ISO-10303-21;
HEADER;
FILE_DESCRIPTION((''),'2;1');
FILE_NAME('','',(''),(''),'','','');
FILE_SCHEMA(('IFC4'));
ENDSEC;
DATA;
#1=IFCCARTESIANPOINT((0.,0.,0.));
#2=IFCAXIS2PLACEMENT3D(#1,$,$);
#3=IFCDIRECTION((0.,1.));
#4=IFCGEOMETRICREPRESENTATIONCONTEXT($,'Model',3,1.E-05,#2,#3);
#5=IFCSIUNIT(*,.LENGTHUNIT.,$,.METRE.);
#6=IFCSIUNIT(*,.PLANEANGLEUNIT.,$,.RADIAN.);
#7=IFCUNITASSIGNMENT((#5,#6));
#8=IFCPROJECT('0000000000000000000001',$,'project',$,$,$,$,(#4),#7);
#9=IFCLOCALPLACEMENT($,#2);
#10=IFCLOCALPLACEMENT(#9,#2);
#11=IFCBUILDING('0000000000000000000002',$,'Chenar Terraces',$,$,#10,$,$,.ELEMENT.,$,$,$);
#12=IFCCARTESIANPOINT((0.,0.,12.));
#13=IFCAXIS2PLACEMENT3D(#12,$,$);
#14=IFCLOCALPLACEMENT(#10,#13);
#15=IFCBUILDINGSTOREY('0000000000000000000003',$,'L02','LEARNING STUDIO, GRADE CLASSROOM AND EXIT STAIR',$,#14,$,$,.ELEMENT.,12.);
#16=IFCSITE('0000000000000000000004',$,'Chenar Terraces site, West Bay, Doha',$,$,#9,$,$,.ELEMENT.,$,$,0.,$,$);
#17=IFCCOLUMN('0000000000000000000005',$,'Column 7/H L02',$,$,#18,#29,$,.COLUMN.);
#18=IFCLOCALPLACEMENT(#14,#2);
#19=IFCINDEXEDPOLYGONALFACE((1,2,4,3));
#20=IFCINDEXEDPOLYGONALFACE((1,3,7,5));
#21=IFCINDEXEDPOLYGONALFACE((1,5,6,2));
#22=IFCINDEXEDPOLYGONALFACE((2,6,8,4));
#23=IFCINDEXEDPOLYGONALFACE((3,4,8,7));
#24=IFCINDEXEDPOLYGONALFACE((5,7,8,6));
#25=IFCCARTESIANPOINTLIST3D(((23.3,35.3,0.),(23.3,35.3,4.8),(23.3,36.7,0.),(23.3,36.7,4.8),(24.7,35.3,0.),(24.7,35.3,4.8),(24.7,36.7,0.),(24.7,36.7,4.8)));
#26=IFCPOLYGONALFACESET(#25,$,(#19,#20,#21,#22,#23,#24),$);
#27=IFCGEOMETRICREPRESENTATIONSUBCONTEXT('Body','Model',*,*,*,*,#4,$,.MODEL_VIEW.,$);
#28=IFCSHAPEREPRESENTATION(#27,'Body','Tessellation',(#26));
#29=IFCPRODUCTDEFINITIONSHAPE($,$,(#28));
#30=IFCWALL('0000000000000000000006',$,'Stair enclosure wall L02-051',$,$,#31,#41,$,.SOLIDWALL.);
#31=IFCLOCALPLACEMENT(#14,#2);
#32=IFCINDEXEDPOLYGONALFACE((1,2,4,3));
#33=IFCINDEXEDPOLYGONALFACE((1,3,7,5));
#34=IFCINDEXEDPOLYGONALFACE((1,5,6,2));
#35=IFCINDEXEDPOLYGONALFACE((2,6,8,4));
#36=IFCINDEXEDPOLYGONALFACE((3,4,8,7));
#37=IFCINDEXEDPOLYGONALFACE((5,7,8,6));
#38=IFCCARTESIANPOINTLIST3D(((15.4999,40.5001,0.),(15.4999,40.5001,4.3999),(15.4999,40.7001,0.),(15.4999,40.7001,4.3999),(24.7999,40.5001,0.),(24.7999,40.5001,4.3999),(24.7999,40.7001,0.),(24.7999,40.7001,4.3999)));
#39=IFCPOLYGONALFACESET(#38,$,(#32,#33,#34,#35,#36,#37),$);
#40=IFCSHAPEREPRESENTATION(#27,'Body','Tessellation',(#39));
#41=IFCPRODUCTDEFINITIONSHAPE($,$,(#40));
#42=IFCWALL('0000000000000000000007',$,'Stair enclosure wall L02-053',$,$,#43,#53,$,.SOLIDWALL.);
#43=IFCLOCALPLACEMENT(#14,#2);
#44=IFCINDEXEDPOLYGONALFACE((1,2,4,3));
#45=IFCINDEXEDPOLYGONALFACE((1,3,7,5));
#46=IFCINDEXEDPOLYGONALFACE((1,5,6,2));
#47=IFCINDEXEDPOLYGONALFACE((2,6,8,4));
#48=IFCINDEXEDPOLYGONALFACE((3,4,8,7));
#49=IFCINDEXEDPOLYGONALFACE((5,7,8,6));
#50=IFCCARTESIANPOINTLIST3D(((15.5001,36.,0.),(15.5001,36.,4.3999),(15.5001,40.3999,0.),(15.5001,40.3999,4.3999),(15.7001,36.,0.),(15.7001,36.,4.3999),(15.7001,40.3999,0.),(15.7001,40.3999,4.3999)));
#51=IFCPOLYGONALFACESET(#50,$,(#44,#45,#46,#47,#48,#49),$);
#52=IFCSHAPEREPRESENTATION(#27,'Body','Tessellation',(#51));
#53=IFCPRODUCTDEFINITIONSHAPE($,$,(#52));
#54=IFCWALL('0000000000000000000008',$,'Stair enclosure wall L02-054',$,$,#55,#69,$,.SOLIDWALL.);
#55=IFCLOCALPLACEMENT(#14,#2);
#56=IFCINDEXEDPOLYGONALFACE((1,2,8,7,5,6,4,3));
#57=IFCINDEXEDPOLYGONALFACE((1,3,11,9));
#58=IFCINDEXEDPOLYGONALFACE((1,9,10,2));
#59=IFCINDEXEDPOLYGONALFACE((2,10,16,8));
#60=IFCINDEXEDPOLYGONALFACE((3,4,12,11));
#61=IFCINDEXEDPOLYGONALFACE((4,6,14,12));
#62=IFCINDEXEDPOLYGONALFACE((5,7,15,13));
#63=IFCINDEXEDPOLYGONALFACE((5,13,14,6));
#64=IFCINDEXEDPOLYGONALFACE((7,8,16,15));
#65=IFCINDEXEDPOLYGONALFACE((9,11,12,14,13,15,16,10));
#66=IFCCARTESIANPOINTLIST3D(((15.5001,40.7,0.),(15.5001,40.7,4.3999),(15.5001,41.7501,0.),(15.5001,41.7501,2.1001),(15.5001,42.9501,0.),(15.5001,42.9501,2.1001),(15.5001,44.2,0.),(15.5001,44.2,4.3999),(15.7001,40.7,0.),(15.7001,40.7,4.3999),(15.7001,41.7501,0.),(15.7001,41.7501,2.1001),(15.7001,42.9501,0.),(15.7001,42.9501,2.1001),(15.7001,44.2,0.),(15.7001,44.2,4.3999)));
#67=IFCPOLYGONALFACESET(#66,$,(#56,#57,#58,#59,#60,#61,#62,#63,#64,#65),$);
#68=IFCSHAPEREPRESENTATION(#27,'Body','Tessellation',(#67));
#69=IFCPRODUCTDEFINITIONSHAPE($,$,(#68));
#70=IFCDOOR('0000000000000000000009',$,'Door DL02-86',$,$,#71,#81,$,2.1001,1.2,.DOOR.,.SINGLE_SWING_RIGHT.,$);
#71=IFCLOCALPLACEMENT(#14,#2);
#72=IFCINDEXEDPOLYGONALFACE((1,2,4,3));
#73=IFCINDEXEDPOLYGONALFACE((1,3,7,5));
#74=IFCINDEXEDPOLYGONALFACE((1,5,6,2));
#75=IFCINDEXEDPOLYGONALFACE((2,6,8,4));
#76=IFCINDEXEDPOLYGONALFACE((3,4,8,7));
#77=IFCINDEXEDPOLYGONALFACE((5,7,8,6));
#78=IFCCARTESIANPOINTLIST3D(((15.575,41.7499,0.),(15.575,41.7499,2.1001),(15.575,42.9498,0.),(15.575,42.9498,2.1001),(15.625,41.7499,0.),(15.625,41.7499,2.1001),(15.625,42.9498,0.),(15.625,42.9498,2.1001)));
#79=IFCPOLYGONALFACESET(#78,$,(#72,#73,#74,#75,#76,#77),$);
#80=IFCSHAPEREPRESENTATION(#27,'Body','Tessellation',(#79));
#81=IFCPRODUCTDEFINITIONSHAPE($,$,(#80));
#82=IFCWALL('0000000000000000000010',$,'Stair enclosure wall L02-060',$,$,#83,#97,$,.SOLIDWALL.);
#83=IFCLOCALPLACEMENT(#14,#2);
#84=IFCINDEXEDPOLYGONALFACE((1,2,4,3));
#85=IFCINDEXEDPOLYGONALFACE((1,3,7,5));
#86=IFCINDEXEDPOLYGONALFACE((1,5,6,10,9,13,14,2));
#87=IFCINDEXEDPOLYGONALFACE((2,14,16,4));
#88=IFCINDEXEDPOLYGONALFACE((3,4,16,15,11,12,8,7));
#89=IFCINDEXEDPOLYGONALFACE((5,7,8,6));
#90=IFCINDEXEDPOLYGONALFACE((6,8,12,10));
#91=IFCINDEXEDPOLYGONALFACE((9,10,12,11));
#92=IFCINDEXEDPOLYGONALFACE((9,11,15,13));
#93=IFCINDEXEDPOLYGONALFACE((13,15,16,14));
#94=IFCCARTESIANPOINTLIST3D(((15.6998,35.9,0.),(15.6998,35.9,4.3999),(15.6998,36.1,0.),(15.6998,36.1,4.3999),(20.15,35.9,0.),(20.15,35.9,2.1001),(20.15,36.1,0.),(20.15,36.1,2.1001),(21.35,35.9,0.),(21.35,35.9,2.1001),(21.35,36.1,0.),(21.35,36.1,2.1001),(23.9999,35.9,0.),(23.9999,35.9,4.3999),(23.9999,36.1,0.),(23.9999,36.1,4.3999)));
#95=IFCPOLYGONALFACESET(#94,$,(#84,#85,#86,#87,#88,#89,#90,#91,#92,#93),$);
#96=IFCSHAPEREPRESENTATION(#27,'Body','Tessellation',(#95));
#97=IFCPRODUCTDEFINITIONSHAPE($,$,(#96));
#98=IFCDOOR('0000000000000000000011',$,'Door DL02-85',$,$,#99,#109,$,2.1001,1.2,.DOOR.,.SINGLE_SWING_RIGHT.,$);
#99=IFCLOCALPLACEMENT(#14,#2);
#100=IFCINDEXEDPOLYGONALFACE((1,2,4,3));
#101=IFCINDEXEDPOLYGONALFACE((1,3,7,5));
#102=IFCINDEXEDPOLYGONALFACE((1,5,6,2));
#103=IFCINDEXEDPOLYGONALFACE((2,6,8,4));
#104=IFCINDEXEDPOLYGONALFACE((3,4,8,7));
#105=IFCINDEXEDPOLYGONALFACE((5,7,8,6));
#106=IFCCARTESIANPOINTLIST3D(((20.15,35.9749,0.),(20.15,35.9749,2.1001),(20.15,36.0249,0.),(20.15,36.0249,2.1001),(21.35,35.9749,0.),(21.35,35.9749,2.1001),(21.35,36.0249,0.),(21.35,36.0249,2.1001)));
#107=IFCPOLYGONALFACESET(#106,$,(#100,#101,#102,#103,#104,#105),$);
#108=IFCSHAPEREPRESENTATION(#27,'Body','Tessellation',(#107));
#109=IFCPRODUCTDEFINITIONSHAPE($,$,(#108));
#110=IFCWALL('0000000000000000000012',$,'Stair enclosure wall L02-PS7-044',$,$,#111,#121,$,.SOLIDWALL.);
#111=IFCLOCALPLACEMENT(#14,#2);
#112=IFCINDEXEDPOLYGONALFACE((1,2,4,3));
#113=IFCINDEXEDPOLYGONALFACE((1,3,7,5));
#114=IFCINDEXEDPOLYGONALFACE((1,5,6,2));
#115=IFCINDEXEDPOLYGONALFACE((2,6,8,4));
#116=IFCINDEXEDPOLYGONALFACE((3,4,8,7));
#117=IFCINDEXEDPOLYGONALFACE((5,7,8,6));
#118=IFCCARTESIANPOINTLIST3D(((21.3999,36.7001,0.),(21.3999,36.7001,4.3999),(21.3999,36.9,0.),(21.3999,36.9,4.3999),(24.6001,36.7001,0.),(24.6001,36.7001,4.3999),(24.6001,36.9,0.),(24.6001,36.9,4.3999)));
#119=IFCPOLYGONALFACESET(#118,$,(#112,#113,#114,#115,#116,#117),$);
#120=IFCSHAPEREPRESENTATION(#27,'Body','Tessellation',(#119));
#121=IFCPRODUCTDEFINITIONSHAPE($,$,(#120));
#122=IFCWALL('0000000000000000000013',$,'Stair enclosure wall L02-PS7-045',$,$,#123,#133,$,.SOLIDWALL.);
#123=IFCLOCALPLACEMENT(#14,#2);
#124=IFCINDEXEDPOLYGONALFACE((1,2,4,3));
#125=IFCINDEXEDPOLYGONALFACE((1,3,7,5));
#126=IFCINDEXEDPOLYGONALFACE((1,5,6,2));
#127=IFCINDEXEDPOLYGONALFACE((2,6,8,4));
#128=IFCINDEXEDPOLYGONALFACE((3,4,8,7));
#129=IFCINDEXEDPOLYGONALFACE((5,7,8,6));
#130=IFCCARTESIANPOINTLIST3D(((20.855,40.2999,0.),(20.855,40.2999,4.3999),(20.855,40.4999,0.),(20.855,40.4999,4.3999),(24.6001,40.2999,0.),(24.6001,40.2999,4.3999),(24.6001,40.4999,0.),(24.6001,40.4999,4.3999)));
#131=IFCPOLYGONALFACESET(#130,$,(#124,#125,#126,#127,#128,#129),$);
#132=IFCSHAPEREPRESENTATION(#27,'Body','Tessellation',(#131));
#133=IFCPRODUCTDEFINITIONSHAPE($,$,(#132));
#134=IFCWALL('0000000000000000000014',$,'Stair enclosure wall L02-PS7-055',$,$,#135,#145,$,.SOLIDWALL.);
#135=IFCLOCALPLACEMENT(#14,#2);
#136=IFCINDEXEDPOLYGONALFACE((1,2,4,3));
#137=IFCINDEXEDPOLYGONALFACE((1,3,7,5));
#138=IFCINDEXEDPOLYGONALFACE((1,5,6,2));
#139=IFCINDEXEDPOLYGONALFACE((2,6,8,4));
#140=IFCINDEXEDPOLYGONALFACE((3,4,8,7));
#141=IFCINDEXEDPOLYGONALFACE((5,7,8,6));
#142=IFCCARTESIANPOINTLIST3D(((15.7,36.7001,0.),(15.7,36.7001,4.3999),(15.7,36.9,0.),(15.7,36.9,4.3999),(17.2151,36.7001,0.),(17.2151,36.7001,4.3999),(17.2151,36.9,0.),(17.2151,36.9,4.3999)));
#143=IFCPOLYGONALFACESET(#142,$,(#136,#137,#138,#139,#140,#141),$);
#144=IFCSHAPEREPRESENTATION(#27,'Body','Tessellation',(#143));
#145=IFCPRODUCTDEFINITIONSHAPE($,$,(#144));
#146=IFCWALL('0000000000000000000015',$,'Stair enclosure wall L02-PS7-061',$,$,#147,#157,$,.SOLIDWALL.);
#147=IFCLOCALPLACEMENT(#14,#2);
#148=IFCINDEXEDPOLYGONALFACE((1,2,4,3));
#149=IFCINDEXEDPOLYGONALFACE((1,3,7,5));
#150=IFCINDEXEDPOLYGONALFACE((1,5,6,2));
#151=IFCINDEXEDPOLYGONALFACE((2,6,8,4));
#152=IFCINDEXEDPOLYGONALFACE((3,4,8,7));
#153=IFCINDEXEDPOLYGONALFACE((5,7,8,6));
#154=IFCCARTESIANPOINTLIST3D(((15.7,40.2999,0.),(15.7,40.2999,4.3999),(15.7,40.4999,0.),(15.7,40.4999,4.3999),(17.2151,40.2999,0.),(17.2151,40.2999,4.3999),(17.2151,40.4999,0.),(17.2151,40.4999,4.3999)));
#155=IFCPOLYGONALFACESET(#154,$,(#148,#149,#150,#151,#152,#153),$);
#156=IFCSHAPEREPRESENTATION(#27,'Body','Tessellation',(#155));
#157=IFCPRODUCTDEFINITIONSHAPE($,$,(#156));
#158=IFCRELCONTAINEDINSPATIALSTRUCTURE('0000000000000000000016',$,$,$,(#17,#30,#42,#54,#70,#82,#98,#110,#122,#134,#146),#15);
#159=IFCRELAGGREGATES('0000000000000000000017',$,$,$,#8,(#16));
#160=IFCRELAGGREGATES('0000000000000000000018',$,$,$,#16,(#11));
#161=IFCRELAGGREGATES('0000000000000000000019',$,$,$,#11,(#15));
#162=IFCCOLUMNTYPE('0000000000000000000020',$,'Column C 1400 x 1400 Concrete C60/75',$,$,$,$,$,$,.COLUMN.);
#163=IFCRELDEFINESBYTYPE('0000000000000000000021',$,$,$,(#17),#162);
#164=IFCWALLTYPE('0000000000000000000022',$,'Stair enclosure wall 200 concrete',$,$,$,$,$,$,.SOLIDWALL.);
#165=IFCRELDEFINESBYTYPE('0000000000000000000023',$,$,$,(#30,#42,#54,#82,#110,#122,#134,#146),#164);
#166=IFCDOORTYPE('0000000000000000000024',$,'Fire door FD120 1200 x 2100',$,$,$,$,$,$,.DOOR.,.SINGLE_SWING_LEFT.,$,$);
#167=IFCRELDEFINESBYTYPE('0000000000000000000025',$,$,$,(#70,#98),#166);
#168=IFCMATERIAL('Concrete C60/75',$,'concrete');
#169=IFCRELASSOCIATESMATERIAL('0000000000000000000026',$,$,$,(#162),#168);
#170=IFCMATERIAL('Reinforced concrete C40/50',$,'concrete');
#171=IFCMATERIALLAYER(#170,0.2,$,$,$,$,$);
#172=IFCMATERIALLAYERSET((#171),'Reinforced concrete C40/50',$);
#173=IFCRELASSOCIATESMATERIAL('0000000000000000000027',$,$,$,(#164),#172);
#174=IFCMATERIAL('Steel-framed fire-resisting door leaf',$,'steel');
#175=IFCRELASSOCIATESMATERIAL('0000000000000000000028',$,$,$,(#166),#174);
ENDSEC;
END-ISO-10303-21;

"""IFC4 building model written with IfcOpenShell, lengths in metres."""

from ifc_helpers import new_model, si_unit, direction, frame, frame_2d, origin, origin_2d, place, context, subcontext, project, spatial, rectangle, extrude, material, layer, layer_set, material_profile, profile_set, type_object, element, fill, save


model = new_model("IFC4")

# Units and contexts
model_context = context("Model", 3, precision=1e-05, world=origin(), true_north=direction((0.0, 1.0)))
body_context = subcontext(model_context, "Body", "Model", "MODEL_VIEW")
ifc_project = project(units=[si_unit("LENGTHUNIT", "METRE"), si_unit("PLANEANGLEUNIT", "RADIAN")], contexts=[model_context])

# Site, building, storey
site_placement = place(None, origin())
site = spatial("IfcSite", under=ifc_project, at=site_placement, Name="Chenar Terraces site, West Bay, Doha", CompositionType="ELEMENT", RefElevation=0.0)
building_placement = place(site_placement, origin())
building = spatial("IfcBuilding", under=site, at=building_placement, Name="Chenar Terraces", CompositionType="ELEMENT")
storey_placement = place(building_placement, frame((0.0, 0.0, 12.0)))
storey = spatial("IfcBuildingStorey", under=building, at=storey_placement, Name="L02", Description="LEARNING STUDIO, GRADE CLASSROOM AND EXIT STAIR", CompositionType="ELEMENT", Elevation=12.0)

# Column
ifc_material_1 = material(Name="Concrete C60/75", Category="concrete")
ifc_material_profile = material_profile(ifc_material_1, rectangle(XDim=1.3999, YDim=1.3999, at=origin_2d()), Name="C 1400 x 1400")
ifc_profile_set = profile_set([ifc_material_profile], Name="Concrete C60/75")
column_type = type_object("IfcColumnType", Name="Column C 1400 x 1400 Concrete C60/75", PredefinedType="COLUMN", material=ifc_profile_set)
column_placement = place(storey_placement, frame((24.0, 36.0, 0.0), z_axis=(0.0, 0.0, 1.0), x_axis=(1.0, 0.0, 0.0)))
element("IfcColumn", 1, at=column_placement, inside=storey, type_object=column_type, Name="Column 7/H L02", PredefinedType="COLUMN", context=body_context, shape_type="SweptSolid", body=[
    extrude(rectangle(XDim=1.3999, YDim=1.3999, at=origin_2d()), origin(), (0.0, 0.0, 1.0), 4.8),
])

# Walls
ifc_material_2 = material(Name="Reinforced concrete C40/50", Category="concrete")
ifc_layer = layer(ifc_material_2, 0.2)
ifc_layer_set = layer_set([ifc_layer], Name="Reinforced concrete C40/50")
wall_type = type_object("IfcWallType", Name="Stair enclosure wall 200 concrete", PredefinedType="SOLIDWALL", material=ifc_layer_set)
wall_1_placement = place(storey_placement, frame((15.5, 40.6001, 0.0), z_axis=(0.0, 0.0, 1.0), x_axis=(1.0, 0.0, 0.0)))
element("IfcWall", 2, at=wall_1_placement, inside=storey, type_object=wall_type, Name="Stair enclosure wall L02-051", PredefinedType="SOLIDWALL", context=body_context, shape_type="SweptSolid", body=[
    extrude(rectangle(XDim=9.3, YDim=0.2, at=frame_2d((4.6499, 0.0))), origin(), (0.0, 0.0, 1.0), 4.3999),
])
wall_2_placement = place(storey_placement, frame((15.6001, 36.0, 0.0), z_axis=(0.0, 0.0, 1.0), x_axis=(0.0, 1.0, 0.0)))
element("IfcWall", 3, at=wall_2_placement, inside=storey, type_object=wall_type, Name="Stair enclosure wall L02-053", PredefinedType="SOLIDWALL", context=body_context, shape_type="SweptSolid", body=[
    extrude(rectangle(XDim=4.3999, YDim=0.2, at=frame_2d((2.2, 0.0))), origin(), (0.0, 0.0, 1.0), 4.3999),
])

# Walls, openings, doors
wall_3_placement = place(storey_placement, frame((15.6001, 40.7, 0.0), z_axis=(0.0, 0.0, 1.0), x_axis=(0.0, 1.0, 0.0)))
wall_3 = element("IfcWall", 4, at=wall_3_placement, inside=storey, type_object=wall_type, Name="Stair enclosure wall L02-054", PredefinedType="SOLIDWALL", context=body_context, shape_type="SweptSolid", body=[
    extrude(rectangle(XDim=3.5, YDim=0.2, at=frame_2d((1.75, 0.0))), origin(), (0.0, 0.0, 1.0), 4.3999),
])
opening_1_placement = place(wall_3_placement, frame((1.05, 0.0, 0.0)))
opening_1 = element("IfcOpeningElement", 5, at=opening_1_placement, cuts=wall_3, PredefinedType="OPENING", context=body_context, shape_type="SweptSolid", body=[
    extrude(rectangle(XDim=1.2, YDim=2.1001, at=frame_2d((0.6001, 1.05))), frame((0.0, 0.1099, 0.0), z_axis=(0.0, -1.0, 0.0), x_axis=(1.0, 0.0, 0.0)), (0.0, 0.0, 1.0), 0.22),
])
ifc_material_3 = material(Name="Steel-framed fire-resisting door leaf", Category="steel")
door_type = type_object("IfcDoorType", Name="Fire door FD120 1200 x 2100", OperationType="SINGLE_SWING_LEFT", PredefinedType="DOOR", material=ifc_material_3)
door_1_placement = place(opening_1_placement, frame((1.2, 0.0, 0.0), z_axis=(0.0, 0.0, 1.0), x_axis=(-1.0, 0.0, 0.0)))
door_1 = element("IfcDoor", 6, at=door_1_placement, inside=storey, type_object=door_type, Name="Door DL02-86", OperationType="SINGLE_SWING_RIGHT", OverallHeight=2.1001, OverallWidth=1.2, PredefinedType="DOOR", context=body_context, shape_type="SweptSolid", body=[
    extrude(rectangle(XDim=1.2, YDim=2.1001, at=frame_2d((0.6001, 1.05))), frame((0.0, 0.0249, 0.0), z_axis=(0.0, -1.0, 0.0), x_axis=(1.0, 0.0, 0.0)), (0.0, 0.0, 1.0), 0.05),
])
fill(opening_1, door_1)
wall_4_placement = place(storey_placement, frame((15.7, 36.0, 0.0), z_axis=(0.0, 0.0, 1.0), x_axis=(1.0, 0.0, 0.0)))
wall_4 = element("IfcWall", 7, at=wall_4_placement, inside=storey, type_object=wall_type, Name="Stair enclosure wall L02-060", PredefinedType="SOLIDWALL", context=body_context, shape_type="SweptSolid", body=[
    extrude(rectangle(XDim=8.3, YDim=0.2, at=frame_2d((4.1499, 0.0))), origin(), (0.0, 0.0, 1.0), 4.3999),
])
opening_2_placement = place(wall_4_placement, frame((4.45, 0.0, 0.0)))
opening_2 = element("IfcOpeningElement", 8, at=opening_2_placement, cuts=wall_4, PredefinedType="OPENING", context=body_context, shape_type="SweptSolid", body=[
    extrude(rectangle(XDim=1.2, YDim=2.1001, at=frame_2d((0.6001, 1.05))), frame((0.0, 0.1099, 0.0), z_axis=(0.0, -1.0, 0.0), x_axis=(1.0, 0.0, 0.0)), (0.0, 0.0, 1.0), 0.22),
])
door_2_placement = place(opening_2_placement, origin())
door_2 = element("IfcDoor", 9, at=door_2_placement, inside=storey, type_object=door_type, Name="Door DL02-85", OperationType="SINGLE_SWING_RIGHT", OverallHeight=2.1001, OverallWidth=1.2, PredefinedType="DOOR", context=body_context, shape_type="SweptSolid", body=[
    extrude(rectangle(XDim=1.2, YDim=2.1001, at=frame_2d((0.6001, 1.05))), frame((0.0, 0.0249, 0.0), z_axis=(0.0, -1.0, 0.0), x_axis=(1.0, 0.0, 0.0)), (0.0, 0.0, 1.0), 0.05),
])
fill(opening_2, door_2)

# Walls
wall_5_placement = place(storey_placement, frame((21.3999, 36.8, 0.0), z_axis=(0.0, 0.0, 1.0), x_axis=(1.0, 0.0, 0.0)))
element("IfcWall", 10, at=wall_5_placement, inside=storey, type_object=wall_type, Name="Stair enclosure wall L02-PS7-044", PredefinedType="SOLIDWALL", context=body_context, shape_type="SweptSolid", body=[
    extrude(rectangle(XDim=3.2002, YDim=0.2, at=frame_2d((1.6001, 0.0))), origin(), (0.0, 0.0, 1.0), 4.3999),
])
wall_6_placement = place(storey_placement, frame((20.855, 40.3999, 0.0), z_axis=(0.0, 0.0, 1.0), x_axis=(1.0, 0.0, 0.0)))
element("IfcWall", 11, at=wall_6_placement, inside=storey, type_object=wall_type, Name="Stair enclosure wall L02-PS7-045", PredefinedType="SOLIDWALL", context=body_context, shape_type="SweptSolid", body=[
    extrude(rectangle(XDim=3.7451, YDim=0.2, at=frame_2d((1.8726, 0.0))), origin(), (0.0, 0.0, 1.0), 4.3999),
])
for number, where, z_axis, x_axis, name in (
    (12, (15.7, 36.8, 0.0), (0.0, 0.0, 1.0), (1.0, 0.0, 0.0), "Stair enclosure wall L02-PS7-055"),
    (13, (15.7, 40.3999, 0.0), (0.0, 0.0, 1.0), (1.0, 0.0, 0.0), "Stair enclosure wall L02-PS7-061"),
):
    element("IfcWall", number, at=place(storey_placement, frame(where, z_axis=z_axis, x_axis=x_axis)), inside=storey, type_object=wall_type, Name=name, PredefinedType="SOLIDWALL", context=body_context, shape_type="SweptSolid", body=[
        extrude(rectangle(XDim=1.5151, YDim=0.2, at=frame_2d((0.7576, 0.0))), origin(), (0.0, 0.0, 1.0), 4.3999),
    ])

save(model, "model.ifc")
